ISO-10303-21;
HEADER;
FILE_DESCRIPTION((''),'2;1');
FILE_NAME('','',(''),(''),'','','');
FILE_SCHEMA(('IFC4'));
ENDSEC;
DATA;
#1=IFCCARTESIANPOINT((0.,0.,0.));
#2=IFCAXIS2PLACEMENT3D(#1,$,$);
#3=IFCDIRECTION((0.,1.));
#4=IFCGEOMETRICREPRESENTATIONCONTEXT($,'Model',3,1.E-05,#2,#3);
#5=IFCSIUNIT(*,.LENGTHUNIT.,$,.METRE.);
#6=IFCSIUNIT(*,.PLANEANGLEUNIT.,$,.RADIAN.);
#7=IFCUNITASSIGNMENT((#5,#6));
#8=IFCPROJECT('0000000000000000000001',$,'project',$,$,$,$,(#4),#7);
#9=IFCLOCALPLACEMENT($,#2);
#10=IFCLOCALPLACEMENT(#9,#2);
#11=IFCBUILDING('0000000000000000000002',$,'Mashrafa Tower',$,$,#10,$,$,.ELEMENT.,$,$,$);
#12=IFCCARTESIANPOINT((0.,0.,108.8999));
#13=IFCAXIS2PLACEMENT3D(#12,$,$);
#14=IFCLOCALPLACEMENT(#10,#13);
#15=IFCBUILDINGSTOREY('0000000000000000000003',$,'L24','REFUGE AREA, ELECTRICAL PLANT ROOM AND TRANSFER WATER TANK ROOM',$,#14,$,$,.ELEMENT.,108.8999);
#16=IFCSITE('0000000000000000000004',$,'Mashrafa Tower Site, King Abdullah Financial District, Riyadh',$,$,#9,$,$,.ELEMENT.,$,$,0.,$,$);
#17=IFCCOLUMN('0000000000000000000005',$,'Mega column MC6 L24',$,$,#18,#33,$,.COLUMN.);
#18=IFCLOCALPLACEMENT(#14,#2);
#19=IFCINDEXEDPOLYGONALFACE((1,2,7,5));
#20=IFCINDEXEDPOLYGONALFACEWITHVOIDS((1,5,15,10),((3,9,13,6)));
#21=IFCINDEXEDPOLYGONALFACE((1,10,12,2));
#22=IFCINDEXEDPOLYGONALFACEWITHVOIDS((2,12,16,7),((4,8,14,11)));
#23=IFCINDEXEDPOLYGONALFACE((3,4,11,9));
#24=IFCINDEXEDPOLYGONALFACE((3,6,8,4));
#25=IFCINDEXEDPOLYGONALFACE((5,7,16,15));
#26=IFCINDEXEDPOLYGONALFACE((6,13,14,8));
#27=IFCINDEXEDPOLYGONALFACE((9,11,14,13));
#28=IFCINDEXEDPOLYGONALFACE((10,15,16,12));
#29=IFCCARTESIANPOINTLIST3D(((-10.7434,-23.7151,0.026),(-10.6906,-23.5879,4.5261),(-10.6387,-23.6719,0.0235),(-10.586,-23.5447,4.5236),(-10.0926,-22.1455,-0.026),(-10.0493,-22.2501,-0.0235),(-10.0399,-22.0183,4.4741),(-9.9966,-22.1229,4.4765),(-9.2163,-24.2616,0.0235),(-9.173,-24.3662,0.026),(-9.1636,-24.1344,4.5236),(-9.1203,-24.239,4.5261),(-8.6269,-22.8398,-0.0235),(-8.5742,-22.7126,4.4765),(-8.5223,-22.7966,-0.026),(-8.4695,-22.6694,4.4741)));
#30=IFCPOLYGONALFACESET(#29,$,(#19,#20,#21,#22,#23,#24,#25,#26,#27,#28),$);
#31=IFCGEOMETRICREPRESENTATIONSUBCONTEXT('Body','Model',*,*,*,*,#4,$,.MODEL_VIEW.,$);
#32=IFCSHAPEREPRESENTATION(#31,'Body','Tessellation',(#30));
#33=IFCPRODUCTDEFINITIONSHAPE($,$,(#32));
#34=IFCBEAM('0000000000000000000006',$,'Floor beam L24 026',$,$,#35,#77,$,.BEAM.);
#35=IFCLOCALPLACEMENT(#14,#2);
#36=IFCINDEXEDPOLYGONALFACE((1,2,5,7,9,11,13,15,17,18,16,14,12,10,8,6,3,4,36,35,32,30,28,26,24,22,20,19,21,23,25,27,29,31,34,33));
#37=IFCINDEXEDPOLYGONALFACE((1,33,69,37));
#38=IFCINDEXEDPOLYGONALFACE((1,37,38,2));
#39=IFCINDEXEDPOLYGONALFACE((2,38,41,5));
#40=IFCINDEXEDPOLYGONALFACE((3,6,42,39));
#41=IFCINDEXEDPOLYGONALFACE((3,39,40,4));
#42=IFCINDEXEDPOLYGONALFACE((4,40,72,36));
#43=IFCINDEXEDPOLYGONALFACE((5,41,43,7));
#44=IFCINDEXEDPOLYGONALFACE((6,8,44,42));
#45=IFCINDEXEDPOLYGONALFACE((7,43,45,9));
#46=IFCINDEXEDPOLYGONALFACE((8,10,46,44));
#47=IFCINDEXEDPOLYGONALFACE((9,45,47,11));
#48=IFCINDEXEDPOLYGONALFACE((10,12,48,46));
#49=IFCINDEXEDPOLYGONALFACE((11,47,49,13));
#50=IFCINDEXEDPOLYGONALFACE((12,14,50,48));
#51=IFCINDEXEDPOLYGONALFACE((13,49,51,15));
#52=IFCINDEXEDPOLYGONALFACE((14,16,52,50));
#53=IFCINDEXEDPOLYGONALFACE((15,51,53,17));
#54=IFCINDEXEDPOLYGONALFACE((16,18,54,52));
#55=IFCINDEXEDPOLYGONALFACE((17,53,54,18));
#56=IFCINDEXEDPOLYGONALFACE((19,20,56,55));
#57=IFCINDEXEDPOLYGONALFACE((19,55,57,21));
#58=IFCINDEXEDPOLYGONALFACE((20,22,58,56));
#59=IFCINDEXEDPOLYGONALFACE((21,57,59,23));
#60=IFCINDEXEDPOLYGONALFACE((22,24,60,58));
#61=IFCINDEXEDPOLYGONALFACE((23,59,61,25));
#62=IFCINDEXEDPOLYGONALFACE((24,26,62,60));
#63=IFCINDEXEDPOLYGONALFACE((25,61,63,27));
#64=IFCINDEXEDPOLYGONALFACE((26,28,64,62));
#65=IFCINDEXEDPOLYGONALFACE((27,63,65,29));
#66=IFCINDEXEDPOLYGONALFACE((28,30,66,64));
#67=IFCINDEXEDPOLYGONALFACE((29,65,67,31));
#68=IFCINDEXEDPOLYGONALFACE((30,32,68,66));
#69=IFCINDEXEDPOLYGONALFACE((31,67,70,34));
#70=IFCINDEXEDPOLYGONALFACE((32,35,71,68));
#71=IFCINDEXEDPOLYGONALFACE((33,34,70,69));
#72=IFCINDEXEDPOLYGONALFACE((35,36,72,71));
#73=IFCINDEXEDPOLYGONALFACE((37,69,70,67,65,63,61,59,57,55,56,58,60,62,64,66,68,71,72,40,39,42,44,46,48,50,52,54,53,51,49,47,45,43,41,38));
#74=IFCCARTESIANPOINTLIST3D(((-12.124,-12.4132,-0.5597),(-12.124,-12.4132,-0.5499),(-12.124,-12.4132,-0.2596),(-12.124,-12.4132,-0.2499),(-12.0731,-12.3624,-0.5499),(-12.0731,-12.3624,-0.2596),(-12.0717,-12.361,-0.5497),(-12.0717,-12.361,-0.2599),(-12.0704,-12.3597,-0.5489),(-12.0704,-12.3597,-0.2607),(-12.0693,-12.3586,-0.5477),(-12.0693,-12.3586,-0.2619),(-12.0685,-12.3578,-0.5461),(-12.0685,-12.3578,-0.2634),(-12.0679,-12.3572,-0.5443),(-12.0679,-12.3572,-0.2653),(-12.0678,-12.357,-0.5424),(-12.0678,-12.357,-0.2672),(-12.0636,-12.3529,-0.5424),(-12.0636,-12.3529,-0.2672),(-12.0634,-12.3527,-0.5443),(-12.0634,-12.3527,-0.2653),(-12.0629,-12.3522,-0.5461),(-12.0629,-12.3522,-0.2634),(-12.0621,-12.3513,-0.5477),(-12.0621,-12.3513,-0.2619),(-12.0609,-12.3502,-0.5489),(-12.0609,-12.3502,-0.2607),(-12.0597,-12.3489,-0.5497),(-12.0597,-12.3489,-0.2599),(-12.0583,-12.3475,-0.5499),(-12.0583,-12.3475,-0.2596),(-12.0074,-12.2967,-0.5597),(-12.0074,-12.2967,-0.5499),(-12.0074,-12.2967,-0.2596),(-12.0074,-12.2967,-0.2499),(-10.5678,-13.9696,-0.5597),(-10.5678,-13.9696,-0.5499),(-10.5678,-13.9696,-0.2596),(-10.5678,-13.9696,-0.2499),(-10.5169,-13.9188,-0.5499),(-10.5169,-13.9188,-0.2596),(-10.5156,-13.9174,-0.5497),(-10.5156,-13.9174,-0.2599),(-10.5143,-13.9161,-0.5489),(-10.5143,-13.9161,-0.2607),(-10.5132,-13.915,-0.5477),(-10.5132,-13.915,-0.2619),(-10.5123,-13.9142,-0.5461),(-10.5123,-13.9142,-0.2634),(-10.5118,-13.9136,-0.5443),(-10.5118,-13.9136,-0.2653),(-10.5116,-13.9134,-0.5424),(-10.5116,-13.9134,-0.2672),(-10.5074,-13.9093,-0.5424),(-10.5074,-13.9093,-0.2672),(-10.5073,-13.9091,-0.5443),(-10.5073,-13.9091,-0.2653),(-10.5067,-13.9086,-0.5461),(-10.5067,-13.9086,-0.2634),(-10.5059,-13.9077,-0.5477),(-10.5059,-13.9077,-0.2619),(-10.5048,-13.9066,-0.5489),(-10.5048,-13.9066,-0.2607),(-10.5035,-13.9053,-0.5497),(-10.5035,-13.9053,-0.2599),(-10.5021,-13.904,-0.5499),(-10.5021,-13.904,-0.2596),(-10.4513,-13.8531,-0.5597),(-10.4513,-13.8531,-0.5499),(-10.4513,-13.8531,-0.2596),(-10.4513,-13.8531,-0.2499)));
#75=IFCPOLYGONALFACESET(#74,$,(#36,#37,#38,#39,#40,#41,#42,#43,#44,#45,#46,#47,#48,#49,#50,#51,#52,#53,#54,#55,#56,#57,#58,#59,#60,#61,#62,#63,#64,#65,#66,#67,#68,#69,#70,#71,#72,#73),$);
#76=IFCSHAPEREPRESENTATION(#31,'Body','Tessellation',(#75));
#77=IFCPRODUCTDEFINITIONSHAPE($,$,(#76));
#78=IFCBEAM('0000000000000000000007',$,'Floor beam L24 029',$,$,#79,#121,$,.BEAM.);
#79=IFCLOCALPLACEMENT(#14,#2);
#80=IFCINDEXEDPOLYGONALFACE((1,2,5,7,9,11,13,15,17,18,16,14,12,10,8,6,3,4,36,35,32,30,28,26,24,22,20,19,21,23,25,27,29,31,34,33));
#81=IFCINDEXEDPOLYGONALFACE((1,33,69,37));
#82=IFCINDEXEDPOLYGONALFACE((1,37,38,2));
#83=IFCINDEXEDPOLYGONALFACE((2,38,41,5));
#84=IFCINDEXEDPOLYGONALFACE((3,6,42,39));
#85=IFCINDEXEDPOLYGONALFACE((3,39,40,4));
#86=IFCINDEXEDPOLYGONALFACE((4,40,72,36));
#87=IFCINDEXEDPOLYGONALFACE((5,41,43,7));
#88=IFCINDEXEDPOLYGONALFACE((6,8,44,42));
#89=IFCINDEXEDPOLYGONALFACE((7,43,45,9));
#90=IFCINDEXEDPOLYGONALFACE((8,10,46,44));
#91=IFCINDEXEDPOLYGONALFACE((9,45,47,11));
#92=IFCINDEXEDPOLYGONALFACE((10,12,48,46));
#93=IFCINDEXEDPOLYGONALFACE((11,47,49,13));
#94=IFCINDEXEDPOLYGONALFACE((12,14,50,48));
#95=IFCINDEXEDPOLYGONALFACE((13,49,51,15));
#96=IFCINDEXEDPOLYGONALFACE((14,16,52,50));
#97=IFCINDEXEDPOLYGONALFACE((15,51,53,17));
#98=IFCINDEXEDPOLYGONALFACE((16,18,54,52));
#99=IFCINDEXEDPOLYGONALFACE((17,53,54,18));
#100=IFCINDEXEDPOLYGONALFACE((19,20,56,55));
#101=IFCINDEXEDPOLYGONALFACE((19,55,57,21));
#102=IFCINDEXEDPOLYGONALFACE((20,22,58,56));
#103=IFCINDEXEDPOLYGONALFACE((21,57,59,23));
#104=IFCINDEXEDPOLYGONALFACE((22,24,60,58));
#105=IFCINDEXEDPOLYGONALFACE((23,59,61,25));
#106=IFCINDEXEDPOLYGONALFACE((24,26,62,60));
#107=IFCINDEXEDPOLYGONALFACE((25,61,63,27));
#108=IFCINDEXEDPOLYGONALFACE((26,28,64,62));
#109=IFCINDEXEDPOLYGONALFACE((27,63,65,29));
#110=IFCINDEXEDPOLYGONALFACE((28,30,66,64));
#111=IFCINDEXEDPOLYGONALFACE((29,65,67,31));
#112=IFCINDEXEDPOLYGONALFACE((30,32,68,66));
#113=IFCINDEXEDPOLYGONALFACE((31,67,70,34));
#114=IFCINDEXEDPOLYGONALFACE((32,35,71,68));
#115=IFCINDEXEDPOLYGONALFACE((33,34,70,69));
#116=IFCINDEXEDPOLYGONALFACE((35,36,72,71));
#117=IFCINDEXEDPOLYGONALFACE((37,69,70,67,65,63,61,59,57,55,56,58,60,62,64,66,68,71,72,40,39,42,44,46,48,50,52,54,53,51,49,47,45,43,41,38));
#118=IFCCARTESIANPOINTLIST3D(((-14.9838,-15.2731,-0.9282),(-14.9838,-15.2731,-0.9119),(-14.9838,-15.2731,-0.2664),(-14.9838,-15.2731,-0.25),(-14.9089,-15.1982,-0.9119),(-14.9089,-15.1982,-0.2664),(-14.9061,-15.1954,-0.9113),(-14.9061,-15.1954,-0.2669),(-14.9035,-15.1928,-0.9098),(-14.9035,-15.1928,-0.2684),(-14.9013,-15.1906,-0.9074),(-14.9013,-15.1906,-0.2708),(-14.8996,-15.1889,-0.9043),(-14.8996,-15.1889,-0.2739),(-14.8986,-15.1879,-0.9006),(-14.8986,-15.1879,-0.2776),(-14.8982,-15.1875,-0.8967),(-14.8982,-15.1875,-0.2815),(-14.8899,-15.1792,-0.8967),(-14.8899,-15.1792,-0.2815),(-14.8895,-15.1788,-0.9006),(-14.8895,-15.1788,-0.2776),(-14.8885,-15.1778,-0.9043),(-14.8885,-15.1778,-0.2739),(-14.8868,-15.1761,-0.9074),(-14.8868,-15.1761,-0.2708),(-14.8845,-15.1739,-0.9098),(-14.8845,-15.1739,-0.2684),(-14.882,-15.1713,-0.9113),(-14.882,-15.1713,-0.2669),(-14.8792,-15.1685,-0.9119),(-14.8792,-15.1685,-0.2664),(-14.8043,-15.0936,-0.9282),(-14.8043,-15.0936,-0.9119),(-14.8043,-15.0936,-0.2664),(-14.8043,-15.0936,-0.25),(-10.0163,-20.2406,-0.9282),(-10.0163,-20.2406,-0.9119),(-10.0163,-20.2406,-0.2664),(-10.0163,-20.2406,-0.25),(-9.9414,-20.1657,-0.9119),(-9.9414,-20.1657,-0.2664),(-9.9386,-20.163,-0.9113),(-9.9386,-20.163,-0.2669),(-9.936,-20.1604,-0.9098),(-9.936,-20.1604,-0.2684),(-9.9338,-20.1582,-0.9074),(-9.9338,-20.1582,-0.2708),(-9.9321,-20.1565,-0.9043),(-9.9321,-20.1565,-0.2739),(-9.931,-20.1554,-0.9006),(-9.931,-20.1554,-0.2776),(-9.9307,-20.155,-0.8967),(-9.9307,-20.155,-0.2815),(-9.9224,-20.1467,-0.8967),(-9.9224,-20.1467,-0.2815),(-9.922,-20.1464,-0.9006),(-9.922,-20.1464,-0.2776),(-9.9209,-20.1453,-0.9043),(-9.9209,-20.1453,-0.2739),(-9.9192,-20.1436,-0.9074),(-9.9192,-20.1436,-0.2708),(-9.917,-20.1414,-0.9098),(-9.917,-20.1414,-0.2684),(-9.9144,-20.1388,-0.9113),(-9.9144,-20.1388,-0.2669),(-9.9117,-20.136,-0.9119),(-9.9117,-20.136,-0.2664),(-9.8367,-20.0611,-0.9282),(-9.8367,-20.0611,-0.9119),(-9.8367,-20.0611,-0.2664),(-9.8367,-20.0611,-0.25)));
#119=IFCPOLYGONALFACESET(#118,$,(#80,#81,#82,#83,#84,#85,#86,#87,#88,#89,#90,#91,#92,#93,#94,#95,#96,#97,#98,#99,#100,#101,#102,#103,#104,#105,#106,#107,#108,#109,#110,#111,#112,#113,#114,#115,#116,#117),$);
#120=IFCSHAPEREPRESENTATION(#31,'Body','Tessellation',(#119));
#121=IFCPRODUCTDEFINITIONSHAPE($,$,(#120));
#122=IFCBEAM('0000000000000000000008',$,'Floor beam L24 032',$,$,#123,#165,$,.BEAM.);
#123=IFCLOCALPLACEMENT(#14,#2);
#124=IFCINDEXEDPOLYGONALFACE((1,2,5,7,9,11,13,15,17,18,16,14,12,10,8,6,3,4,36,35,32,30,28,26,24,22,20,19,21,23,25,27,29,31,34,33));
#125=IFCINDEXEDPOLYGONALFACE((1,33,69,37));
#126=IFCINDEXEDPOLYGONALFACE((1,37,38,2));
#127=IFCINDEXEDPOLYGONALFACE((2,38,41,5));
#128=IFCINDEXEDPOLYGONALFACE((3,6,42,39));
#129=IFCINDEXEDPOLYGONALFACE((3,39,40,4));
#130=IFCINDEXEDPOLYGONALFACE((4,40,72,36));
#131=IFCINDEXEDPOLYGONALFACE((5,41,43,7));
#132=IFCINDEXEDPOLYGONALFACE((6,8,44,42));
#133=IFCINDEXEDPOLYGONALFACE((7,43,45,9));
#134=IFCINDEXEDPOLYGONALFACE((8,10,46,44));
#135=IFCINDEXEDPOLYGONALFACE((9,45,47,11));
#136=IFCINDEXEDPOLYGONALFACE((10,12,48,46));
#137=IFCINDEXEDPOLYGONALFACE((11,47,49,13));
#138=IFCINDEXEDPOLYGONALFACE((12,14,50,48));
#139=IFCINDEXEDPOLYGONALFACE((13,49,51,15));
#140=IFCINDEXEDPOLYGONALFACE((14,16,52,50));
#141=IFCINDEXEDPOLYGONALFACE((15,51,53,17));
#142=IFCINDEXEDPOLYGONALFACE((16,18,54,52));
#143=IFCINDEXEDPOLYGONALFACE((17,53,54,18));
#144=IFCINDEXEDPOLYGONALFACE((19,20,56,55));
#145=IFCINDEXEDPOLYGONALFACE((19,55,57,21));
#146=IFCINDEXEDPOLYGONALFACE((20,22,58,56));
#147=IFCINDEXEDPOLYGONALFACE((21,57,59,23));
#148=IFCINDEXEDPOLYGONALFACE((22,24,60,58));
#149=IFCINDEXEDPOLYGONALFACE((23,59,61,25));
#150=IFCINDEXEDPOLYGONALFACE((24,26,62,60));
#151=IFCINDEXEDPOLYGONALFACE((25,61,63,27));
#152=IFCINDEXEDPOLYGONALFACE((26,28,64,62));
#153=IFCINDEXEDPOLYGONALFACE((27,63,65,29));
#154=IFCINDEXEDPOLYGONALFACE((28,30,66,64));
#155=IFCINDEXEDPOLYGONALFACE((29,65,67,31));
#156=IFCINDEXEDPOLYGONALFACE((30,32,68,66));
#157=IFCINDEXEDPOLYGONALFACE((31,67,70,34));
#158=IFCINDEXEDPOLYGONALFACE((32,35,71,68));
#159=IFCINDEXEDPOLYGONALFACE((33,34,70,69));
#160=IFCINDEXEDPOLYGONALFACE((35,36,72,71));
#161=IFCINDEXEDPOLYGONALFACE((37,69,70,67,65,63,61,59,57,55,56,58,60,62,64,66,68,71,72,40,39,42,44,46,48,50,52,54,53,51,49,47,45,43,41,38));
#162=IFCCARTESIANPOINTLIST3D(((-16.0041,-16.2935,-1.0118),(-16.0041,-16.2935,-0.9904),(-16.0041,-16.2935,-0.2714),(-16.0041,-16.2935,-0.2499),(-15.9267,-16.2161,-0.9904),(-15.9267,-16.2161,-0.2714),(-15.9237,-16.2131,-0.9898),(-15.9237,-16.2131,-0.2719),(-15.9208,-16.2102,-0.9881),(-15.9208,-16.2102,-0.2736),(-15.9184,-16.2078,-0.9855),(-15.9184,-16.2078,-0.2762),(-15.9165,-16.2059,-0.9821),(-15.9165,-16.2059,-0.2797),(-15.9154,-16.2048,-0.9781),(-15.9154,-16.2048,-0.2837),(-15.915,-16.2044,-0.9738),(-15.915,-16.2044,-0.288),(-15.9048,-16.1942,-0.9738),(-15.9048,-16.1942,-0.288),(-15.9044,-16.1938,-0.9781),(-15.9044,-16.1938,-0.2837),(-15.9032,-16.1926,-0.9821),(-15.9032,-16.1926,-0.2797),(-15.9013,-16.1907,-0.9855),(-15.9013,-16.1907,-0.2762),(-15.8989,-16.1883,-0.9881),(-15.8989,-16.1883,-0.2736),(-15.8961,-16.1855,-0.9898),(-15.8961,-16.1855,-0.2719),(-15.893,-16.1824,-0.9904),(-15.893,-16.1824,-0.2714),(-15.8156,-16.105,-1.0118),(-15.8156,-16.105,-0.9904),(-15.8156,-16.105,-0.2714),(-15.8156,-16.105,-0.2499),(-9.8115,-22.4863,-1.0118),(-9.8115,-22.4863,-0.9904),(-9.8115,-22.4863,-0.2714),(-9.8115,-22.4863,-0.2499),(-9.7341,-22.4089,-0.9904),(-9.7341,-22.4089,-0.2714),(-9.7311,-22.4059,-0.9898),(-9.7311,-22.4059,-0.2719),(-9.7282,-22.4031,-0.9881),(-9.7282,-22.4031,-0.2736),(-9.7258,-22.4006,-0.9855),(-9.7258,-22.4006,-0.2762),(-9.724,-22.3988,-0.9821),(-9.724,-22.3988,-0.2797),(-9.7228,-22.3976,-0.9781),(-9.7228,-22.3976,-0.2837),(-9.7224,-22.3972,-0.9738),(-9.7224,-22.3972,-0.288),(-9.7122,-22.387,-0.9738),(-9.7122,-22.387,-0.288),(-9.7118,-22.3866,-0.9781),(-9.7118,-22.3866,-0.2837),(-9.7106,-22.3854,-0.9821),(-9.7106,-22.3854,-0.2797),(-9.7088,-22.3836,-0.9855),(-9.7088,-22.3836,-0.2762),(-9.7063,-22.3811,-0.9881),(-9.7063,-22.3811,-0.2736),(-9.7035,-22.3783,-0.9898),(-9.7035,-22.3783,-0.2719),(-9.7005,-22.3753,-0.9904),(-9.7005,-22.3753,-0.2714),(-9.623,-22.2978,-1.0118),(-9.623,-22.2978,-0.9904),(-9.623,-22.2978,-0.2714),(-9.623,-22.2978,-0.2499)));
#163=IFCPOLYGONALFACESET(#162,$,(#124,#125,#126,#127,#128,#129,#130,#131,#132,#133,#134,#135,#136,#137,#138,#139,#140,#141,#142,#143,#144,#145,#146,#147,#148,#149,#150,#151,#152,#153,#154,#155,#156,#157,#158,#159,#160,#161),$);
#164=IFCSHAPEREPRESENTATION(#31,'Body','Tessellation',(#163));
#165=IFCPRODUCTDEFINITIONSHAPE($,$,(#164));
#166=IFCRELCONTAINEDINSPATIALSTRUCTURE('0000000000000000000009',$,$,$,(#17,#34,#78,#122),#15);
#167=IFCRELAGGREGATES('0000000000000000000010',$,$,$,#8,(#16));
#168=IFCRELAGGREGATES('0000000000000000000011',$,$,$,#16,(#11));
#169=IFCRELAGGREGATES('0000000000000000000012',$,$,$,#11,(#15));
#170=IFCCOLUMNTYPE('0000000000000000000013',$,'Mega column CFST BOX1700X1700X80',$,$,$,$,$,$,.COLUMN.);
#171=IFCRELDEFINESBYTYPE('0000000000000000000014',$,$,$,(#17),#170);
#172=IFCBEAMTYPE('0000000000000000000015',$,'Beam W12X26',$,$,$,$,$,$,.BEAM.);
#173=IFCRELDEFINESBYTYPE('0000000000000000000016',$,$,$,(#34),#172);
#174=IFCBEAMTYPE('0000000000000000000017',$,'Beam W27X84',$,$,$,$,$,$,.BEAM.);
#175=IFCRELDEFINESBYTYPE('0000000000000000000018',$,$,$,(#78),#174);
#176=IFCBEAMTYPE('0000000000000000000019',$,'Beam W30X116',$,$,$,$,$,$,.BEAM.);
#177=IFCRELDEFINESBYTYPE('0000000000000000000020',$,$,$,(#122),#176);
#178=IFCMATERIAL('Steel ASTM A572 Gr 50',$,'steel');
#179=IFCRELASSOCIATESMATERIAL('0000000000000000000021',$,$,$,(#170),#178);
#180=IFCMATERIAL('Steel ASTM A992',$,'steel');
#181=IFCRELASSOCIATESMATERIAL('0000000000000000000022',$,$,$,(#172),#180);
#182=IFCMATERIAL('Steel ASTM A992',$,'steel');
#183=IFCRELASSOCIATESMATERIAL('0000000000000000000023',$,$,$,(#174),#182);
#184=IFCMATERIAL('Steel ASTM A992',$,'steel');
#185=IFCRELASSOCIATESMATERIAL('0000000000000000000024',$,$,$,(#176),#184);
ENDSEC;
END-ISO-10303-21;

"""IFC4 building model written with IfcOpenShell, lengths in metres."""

from ifc_helpers import new_model, si_unit, direction, frame, origin, origin_2d, place, context, subcontext, project, spatial, hollow_rectangle, i_section, extrude, material, material_profile, profile_set, type_object, element, save


model = new_model("IFC4")

# Units and contexts
model_context = context("Model", 3, precision=1e-05, world=origin(), true_north=direction((0.0, 1.0)))
body_context = subcontext(model_context, "Body", "Model", "MODEL_VIEW")
ifc_project = project(units=[si_unit("LENGTHUNIT", "METRE"), si_unit("PLANEANGLEUNIT", "RADIAN")], contexts=[model_context])

# Site, building, storey
site_placement = place(None, origin())
site = spatial("IfcSite", under=ifc_project, at=site_placement, Name="Mashrafa Tower Site, King Abdullah Financial District, Riyadh", CompositionType="ELEMENT", RefElevation=0.0)
building_placement = place(site_placement, origin())
building = spatial("IfcBuilding", under=site, at=building_placement, Name="Mashrafa Tower", CompositionType="ELEMENT")
storey_placement = place(building_placement, frame((0.0, 0.0, 108.8999)))
storey = spatial("IfcBuildingStorey", under=building, at=storey_placement, Name="L24", Description="REFUGE AREA, ELECTRICAL PLANT ROOM AND TRANSFER WATER TANK ROOM", CompositionType="ELEMENT", Elevation=108.8999)

# Column
ifc_material_1 = material(Name="Steel ASTM A572 Gr 50", Category="steel")
ifc_material_profile_1 = material_profile(ifc_material_1, hollow_rectangle(XDim=1.7, YDim=1.7, WallThickness=0.0801, at=origin_2d()), Name="BOX1700X1700X80")
ifc_profile_set_1 = profile_set([ifc_material_profile_1], Name="Steel ASTM A572 Gr 50")
column_type = type_object("IfcColumnType", Name="Mega column CFST BOX1700X1700X80", PredefinedType="COLUMN", material=ifc_profile_set_1)
column_placement = place(storey_placement, frame((-9.6328, -23.2559, 0.0), z_axis=(0.011713, 0.028253, 0.999532), x_axis=(-0.923757, 0.382978, 0.0)))
element("IfcColumn", 1, at=column_placement, inside=storey, type_object=column_type, Name="Mega column MC6 L24", PredefinedType="COLUMN", context=body_context, shape_type="SweptSolid", body=[
    extrude(hollow_rectangle(XDim=1.7, YDim=1.7, WallThickness=0.0801, at=origin_2d()), origin(), (0.0, 0.0, 1.0), 4.5022),
])

# Beams
ifc_material_2 = material(Name="Steel ASTM A992", Category="steel")
ifc_material_profile_2 = material_profile(ifc_material_2, i_section(OverallWidth=0.1648, OverallDepth=0.3098, WebThickness=0.0059, FlangeThickness=0.0098, FilletRadius=0.0076, at=origin_2d()), Name="W12X26")
ifc_profile_set_2 = profile_set([ifc_material_profile_2], Name="Steel ASTM A992")
beam_type_1 = type_object("IfcBeamType", Name="Beam W12X26", PredefinedType="BEAM", material=ifc_profile_set_2)
beam_1_placement = place(storey_placement, frame((-10.5095, -13.9114, -0.4048), z_axis=(-0.707051, 0.707162, 0.0), x_axis=(-0.707162, -0.707051, 0.0)))
element("IfcBeam", 2, at=beam_1_placement, inside=storey, type_object=beam_type_1, Name="Floor beam L24 026", PredefinedType="BEAM", context=body_context, shape_type="SweptSolid", body=[
    extrude(i_section(OverallWidth=0.1648, OverallDepth=0.3098, WebThickness=0.0059, FlangeThickness=0.0098, FilletRadius=0.0076, at=origin_2d()), origin(), (0.0, 0.0, 1.0), 2.2009),
])
ifc_material_3 = material(Name="Steel ASTM A992", Category="steel")
ifc_material_profile_3 = material_profile(ifc_material_3, i_section(OverallWidth=0.2539, OverallDepth=0.6782, WebThickness=0.0117, FlangeThickness=0.0164, FilletRadius=0.0151, at=origin_2d()), Name="W27X84")
ifc_profile_set_3 = profile_set([ifc_material_profile_3], Name="Steel ASTM A992")
beam_type_2 = type_object("IfcBeamType", Name="Beam W27X84", PredefinedType="BEAM", material=ifc_profile_set_3)
beam_2_placement = place(storey_placement, frame((-9.9265, -20.1509, -0.5891), z_axis=(-0.707107, 0.707107, 0.0), x_axis=(-0.707107, -0.707107, 0.0)))
element("IfcBeam", 3, at=beam_2_placement, inside=storey, type_object=beam_type_2, Name="Floor beam L24 029", PredefinedType="BEAM", context=body_context, shape_type="SweptSolid", body=[
    extrude(i_section(OverallWidth=0.2539, OverallDepth=0.6782, WebThickness=0.0117, FlangeThickness=0.0164, FilletRadius=0.0151, at=origin_2d()), origin(), (0.0, 0.0, 1.0), 7.0251),
])
ifc_material_4 = material(Name="Steel ASTM A992", Category="steel")
ifc_material_profile_4 = material_profile(ifc_material_4, i_section(OverallWidth=0.2666, OverallDepth=0.762, WebThickness=0.0144, FlangeThickness=0.0215, FilletRadius=0.0166, at=origin_2d()), Name="W30X116")
ifc_profile_set_4 = profile_set([ifc_material_profile_4], Name="Steel ASTM A992")
beam_type_3 = type_object("IfcBeamType", Name="Beam W30X116", PredefinedType="BEAM", material=ifc_profile_set_4)
beam_3_placement = place(storey_placement, frame((-9.7173, -22.3921, -0.6309), z_axis=(-0.707093, 0.707121, 0.0), x_axis=(-0.707121, -0.707093, 0.0)))
element("IfcBeam", 4, at=beam_3_placement, inside=storey, type_object=beam_type_3, Name="Floor beam L24 032", PredefinedType="BEAM", context=body_context, shape_type="SweptSolid", body=[
    extrude(i_section(OverallWidth=0.2666, OverallDepth=0.762, WebThickness=0.0144, FlangeThickness=0.0215, FilletRadius=0.0166, at=origin_2d()), origin(), (0.0, 0.0, 1.0), 8.7578),
])

save(model, "model.ifc")
